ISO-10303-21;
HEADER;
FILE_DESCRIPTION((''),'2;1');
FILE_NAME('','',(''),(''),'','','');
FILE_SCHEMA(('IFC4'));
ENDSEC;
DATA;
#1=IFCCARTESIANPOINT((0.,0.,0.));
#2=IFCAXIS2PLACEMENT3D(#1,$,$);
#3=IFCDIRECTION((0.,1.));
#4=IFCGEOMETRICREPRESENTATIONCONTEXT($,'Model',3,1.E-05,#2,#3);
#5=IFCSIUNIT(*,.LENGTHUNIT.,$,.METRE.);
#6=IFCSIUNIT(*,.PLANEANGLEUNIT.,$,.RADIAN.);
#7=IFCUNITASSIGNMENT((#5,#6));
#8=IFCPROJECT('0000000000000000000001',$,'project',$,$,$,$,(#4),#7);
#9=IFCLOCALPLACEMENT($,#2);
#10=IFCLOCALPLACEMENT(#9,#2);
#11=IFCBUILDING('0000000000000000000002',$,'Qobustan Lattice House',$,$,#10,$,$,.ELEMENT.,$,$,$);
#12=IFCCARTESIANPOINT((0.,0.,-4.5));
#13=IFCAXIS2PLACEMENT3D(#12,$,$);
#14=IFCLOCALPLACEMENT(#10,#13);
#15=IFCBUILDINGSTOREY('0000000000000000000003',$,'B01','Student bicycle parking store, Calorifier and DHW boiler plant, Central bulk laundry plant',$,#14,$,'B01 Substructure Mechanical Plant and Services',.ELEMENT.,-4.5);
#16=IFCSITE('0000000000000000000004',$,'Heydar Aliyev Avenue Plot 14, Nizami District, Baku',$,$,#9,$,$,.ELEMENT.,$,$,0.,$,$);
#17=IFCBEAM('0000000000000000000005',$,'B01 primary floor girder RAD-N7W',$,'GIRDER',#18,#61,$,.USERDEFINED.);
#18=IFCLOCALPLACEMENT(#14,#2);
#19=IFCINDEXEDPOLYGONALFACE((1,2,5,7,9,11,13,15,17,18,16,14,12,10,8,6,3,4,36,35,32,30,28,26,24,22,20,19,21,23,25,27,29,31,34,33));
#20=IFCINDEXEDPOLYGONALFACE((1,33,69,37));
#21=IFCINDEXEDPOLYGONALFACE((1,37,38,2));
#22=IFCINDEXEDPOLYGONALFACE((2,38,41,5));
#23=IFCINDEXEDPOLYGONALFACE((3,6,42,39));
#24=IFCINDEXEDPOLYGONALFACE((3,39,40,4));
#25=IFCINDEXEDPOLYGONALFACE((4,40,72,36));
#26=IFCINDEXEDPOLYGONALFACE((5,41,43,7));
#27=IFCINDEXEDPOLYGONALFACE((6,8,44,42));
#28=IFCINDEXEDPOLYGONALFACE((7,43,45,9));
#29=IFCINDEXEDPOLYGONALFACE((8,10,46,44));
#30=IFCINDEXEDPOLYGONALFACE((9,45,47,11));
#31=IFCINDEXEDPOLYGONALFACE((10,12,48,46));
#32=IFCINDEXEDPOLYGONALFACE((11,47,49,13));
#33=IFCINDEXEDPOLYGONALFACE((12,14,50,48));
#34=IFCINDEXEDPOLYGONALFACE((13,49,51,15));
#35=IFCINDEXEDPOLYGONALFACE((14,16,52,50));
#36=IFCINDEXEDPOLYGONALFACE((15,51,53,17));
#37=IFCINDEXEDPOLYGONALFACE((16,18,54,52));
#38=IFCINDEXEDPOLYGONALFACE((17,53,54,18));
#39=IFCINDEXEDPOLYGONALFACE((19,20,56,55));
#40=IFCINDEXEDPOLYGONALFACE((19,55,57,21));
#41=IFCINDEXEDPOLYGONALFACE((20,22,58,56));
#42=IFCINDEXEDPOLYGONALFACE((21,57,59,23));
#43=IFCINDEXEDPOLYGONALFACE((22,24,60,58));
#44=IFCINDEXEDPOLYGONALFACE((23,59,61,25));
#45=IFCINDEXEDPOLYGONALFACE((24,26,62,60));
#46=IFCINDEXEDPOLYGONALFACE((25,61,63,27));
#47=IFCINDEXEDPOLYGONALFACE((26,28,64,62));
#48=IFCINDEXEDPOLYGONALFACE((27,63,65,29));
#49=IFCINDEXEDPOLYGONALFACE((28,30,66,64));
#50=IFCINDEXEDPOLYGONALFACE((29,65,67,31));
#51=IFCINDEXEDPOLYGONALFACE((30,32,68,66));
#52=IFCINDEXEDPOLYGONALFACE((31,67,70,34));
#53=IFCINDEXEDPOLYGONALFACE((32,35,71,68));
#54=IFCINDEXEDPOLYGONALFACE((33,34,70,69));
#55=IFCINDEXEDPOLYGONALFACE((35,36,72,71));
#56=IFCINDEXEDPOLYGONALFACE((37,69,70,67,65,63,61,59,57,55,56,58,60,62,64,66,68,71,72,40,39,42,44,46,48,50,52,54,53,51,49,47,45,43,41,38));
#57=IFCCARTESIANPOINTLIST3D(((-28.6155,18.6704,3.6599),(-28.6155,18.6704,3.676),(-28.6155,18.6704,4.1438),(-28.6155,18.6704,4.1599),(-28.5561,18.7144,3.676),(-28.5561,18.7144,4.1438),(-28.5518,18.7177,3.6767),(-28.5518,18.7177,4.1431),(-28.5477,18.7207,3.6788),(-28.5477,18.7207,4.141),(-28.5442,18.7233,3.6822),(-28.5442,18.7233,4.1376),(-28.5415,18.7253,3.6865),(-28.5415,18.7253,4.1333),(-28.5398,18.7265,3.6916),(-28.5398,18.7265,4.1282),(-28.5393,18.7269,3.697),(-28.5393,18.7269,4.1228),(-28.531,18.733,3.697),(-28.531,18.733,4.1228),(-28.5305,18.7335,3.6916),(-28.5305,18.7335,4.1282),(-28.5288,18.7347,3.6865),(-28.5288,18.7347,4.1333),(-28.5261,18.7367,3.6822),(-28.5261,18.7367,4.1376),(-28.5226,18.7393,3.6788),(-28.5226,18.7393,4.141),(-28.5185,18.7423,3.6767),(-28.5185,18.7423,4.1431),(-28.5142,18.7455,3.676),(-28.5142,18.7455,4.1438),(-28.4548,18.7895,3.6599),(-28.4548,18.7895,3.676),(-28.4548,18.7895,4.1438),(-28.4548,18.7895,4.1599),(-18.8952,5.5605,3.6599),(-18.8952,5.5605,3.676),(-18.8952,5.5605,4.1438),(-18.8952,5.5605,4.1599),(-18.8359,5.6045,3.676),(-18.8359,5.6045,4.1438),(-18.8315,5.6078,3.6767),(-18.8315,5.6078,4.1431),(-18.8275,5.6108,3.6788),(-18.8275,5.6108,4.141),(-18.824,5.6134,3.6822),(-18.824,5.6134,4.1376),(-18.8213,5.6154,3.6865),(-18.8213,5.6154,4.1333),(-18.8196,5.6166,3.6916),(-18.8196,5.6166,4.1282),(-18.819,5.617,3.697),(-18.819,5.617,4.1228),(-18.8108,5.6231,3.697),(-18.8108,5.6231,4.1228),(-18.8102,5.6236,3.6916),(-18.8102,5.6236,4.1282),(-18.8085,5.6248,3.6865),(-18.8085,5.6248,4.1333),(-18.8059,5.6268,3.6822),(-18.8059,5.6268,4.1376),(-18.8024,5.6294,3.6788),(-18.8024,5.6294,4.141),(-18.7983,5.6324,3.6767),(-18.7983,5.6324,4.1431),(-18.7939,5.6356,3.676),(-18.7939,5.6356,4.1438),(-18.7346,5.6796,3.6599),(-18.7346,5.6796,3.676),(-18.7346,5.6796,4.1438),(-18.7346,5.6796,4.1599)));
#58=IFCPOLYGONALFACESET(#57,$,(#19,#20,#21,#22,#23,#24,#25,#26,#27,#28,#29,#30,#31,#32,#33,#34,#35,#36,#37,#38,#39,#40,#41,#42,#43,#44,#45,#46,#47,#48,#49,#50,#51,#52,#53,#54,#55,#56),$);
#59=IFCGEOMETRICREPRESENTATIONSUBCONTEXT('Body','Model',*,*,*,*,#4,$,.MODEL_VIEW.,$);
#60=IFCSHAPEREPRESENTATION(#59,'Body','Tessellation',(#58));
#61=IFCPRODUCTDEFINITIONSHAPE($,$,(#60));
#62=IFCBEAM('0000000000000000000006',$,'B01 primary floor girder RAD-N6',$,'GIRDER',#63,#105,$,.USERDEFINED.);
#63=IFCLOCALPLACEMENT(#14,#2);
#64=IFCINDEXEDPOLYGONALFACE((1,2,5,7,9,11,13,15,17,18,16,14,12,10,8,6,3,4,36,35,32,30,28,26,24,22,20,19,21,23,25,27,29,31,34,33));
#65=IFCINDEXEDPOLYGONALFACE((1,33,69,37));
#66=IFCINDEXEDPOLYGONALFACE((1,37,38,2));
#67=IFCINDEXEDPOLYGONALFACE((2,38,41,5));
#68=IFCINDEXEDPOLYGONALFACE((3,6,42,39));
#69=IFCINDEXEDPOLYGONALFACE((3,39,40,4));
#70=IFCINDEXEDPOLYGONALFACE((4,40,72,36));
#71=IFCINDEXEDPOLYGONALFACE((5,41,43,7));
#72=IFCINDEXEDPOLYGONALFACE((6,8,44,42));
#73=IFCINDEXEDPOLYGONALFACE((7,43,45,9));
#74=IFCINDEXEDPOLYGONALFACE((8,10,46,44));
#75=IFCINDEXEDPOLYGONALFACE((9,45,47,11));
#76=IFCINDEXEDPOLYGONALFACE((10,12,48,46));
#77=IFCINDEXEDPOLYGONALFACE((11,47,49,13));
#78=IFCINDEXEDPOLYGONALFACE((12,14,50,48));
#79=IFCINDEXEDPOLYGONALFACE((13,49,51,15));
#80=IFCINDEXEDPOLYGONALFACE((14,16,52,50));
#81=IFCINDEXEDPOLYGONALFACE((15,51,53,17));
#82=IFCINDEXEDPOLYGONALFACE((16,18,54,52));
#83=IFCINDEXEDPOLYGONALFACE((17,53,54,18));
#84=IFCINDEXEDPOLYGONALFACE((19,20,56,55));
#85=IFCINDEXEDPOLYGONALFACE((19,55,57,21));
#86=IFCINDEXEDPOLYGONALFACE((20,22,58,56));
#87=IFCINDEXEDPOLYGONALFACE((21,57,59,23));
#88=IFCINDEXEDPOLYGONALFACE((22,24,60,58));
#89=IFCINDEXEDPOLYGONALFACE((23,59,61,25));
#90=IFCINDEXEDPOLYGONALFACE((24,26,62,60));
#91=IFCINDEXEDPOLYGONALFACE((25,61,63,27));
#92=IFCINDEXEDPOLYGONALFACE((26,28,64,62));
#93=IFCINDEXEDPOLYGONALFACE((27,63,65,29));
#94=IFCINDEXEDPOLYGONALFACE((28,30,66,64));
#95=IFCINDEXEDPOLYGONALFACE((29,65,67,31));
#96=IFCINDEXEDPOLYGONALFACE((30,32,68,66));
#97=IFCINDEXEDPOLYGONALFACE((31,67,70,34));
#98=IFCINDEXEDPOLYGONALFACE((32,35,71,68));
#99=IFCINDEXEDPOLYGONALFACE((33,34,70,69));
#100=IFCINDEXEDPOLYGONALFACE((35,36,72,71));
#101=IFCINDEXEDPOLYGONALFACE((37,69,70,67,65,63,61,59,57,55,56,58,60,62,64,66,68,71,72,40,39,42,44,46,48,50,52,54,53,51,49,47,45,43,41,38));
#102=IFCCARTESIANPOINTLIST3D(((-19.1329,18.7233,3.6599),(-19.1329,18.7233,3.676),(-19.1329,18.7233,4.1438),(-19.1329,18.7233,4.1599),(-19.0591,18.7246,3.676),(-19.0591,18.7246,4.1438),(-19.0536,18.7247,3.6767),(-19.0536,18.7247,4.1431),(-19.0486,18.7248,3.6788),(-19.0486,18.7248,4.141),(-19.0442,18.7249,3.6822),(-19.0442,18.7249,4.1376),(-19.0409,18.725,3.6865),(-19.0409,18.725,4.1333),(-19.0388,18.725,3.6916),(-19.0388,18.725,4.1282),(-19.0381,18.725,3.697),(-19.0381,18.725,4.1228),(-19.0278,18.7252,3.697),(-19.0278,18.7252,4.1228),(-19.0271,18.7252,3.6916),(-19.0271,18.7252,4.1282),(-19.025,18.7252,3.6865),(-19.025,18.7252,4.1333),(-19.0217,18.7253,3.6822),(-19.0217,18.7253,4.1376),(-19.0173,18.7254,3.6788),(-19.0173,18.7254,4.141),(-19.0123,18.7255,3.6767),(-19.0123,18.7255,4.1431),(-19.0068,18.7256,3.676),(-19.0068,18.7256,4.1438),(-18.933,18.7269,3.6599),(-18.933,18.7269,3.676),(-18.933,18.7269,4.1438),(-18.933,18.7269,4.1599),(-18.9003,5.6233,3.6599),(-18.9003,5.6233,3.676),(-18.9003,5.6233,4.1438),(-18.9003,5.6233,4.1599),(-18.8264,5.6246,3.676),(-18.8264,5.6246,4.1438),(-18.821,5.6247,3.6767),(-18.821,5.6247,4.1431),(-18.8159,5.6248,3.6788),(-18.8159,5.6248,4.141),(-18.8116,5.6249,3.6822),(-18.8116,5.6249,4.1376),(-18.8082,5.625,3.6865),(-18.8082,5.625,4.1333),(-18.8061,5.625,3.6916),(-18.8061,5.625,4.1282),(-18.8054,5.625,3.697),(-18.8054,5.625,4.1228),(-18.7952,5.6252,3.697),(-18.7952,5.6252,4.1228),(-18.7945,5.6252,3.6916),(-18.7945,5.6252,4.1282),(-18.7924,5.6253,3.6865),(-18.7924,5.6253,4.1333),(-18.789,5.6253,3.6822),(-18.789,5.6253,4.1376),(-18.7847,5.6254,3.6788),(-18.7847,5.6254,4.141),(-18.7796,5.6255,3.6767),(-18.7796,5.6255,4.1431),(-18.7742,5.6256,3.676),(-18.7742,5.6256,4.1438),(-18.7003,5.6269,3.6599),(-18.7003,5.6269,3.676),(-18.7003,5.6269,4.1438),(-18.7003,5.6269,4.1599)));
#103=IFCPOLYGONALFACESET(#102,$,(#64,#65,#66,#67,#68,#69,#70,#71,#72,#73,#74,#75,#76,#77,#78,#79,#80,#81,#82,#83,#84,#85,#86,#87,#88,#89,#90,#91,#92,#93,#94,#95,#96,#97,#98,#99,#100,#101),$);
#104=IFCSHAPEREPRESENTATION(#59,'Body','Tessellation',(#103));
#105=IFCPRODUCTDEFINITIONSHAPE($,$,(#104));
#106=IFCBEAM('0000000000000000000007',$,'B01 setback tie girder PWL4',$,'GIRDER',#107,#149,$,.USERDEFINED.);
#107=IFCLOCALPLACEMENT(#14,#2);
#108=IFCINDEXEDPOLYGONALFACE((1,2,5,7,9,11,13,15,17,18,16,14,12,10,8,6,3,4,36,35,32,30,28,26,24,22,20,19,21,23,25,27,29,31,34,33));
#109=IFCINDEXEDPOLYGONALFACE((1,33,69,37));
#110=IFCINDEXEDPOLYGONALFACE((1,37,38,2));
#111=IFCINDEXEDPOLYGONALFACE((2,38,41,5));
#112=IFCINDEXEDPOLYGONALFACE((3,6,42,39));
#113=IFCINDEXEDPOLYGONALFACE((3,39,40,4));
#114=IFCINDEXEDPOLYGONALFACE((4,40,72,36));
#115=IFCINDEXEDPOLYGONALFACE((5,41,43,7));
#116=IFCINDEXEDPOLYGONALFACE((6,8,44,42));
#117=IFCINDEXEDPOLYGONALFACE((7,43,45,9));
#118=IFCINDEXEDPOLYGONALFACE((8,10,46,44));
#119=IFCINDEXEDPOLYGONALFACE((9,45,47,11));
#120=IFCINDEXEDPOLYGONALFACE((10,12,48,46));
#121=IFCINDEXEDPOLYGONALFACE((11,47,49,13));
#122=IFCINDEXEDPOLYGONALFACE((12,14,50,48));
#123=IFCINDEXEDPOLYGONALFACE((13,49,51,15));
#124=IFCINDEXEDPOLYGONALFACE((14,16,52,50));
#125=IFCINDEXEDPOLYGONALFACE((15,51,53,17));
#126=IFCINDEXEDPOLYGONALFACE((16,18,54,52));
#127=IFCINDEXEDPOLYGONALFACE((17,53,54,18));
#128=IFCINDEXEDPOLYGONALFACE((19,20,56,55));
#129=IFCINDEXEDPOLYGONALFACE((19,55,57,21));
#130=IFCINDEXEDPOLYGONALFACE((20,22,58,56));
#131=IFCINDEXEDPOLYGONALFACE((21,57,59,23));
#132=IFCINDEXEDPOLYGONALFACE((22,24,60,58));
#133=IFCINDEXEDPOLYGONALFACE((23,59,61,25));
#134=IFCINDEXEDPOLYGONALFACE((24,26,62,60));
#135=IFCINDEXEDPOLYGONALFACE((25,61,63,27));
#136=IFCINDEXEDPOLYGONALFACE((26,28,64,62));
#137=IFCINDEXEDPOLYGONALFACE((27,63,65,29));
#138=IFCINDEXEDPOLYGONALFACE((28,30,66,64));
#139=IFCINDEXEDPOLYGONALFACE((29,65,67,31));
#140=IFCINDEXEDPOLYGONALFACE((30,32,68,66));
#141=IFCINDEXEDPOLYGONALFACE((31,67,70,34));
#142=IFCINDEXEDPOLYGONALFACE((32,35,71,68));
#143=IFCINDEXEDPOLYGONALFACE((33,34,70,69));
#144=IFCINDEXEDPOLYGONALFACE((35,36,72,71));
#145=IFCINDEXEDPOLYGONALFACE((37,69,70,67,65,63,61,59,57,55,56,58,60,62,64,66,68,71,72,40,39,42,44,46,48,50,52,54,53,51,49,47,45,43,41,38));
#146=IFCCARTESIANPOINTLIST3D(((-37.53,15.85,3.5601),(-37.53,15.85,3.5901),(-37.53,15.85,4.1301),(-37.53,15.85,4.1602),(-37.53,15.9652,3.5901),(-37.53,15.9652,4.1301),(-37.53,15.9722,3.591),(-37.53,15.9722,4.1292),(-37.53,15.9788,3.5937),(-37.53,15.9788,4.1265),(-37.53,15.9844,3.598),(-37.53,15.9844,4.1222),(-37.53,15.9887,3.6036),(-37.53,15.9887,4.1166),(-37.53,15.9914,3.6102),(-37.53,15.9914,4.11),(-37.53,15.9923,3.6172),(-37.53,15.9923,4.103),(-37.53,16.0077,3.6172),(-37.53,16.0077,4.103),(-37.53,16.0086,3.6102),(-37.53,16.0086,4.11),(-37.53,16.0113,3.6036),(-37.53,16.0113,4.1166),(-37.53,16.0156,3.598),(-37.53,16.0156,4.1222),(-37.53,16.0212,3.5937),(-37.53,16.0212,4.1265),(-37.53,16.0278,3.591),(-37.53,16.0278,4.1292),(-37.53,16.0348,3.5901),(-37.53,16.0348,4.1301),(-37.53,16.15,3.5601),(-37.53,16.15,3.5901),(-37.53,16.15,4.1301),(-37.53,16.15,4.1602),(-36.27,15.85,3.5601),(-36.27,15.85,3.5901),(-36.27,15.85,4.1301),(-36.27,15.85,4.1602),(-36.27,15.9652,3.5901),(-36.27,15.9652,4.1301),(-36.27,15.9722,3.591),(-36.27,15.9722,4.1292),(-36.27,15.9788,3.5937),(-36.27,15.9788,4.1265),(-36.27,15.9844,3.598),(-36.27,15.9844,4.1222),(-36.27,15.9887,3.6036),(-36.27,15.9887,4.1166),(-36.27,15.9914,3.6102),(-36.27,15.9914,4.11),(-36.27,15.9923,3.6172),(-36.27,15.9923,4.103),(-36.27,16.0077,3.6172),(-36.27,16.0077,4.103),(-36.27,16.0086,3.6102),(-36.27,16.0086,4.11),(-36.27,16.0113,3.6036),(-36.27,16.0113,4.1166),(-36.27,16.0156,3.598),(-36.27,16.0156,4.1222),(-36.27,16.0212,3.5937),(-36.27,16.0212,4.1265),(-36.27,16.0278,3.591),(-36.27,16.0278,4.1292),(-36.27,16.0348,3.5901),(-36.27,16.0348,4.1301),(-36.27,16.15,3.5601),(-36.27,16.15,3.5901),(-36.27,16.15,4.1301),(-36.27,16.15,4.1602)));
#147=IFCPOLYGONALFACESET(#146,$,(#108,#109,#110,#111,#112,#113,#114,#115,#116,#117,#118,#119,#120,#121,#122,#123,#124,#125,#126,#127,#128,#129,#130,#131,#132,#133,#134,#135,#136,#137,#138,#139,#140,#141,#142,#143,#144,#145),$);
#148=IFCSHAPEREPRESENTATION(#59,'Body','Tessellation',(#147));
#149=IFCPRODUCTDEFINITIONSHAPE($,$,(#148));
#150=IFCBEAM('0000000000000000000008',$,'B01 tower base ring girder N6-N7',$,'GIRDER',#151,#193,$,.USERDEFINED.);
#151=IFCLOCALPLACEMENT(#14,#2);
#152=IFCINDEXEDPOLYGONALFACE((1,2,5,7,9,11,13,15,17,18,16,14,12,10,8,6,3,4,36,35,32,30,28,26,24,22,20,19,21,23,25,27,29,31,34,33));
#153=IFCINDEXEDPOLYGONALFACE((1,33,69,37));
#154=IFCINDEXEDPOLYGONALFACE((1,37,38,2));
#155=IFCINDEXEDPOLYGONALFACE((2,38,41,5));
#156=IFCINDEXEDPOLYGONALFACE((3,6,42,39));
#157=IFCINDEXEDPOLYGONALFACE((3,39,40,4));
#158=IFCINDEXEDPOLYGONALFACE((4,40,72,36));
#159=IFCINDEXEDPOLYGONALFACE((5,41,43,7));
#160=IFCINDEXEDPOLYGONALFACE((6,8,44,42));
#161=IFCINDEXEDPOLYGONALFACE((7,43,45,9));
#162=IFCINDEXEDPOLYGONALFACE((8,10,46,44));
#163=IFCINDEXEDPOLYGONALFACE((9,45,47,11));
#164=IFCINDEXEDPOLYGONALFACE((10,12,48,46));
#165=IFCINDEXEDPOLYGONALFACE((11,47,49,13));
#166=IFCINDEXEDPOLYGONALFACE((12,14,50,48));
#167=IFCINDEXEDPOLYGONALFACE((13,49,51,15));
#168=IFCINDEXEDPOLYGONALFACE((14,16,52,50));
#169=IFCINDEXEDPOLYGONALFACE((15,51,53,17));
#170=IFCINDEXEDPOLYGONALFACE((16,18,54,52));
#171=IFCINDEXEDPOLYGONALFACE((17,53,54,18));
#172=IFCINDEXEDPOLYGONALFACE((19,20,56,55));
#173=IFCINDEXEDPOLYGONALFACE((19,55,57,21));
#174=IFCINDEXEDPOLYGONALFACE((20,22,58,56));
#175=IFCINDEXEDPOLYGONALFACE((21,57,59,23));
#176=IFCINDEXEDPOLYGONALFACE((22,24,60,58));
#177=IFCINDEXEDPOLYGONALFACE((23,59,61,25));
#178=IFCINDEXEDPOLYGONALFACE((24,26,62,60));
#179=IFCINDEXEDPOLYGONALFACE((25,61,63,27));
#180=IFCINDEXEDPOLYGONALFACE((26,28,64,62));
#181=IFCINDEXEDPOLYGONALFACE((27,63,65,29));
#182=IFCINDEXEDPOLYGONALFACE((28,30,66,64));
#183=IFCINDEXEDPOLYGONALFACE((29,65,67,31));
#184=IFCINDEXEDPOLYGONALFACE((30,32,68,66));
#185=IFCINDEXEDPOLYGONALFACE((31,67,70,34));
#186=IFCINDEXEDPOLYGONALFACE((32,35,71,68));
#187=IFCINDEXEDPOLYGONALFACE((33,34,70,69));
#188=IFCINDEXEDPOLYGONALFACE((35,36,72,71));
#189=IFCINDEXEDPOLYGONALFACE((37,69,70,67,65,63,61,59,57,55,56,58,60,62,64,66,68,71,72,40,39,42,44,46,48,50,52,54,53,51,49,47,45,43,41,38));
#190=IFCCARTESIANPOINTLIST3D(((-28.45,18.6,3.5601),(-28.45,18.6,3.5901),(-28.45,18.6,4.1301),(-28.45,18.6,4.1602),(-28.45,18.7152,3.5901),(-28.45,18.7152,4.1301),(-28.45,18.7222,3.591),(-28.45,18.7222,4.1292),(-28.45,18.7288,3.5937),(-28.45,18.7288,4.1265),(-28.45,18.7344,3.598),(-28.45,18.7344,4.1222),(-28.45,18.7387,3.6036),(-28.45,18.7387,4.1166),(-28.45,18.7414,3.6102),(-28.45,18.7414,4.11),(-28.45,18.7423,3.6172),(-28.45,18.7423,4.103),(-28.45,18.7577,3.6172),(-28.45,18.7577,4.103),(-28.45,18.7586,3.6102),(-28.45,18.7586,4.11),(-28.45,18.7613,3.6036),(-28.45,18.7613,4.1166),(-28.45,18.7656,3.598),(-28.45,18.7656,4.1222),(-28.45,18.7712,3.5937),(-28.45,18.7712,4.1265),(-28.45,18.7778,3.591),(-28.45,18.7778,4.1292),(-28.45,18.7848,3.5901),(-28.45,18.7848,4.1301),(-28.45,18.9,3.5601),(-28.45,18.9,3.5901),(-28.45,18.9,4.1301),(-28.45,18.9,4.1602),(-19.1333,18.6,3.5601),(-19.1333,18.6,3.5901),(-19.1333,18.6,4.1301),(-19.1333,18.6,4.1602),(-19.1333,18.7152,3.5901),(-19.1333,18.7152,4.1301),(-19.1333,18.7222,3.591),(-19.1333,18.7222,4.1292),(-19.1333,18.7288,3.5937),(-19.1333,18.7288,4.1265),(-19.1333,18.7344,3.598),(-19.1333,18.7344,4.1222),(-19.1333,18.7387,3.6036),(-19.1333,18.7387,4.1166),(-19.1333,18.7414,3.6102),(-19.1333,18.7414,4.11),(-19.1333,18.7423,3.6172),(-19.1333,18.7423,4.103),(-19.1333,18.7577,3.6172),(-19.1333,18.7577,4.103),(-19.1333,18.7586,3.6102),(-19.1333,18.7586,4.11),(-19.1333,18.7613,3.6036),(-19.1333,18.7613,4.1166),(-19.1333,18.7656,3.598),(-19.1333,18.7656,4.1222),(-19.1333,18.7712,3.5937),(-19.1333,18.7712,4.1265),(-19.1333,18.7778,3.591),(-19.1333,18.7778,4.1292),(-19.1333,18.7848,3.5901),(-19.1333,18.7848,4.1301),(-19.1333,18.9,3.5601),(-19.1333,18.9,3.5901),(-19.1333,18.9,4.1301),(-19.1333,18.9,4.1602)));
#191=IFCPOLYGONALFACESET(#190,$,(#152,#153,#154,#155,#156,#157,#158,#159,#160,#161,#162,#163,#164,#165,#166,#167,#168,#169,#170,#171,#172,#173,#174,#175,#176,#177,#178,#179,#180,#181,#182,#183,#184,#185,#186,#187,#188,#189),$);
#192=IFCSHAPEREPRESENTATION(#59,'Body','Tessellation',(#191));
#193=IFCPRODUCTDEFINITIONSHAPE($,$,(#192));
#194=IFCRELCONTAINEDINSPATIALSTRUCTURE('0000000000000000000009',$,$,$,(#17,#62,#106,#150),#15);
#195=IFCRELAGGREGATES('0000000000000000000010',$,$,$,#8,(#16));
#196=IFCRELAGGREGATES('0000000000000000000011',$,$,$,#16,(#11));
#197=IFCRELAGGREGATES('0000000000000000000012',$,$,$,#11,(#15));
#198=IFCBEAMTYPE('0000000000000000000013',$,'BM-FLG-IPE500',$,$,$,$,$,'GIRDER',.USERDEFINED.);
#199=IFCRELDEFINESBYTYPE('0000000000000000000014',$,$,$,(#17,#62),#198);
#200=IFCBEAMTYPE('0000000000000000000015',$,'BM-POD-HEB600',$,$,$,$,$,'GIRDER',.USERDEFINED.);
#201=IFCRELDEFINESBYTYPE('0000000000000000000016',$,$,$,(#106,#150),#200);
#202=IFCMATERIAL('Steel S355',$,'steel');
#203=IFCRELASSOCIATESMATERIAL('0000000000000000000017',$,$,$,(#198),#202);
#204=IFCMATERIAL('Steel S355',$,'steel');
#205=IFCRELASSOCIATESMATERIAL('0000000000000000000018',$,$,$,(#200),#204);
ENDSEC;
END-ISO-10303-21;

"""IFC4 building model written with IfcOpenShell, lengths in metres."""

from ifc_helpers import new_model, si_unit, direction, frame, origin, origin_2d, place, context, subcontext, project, spatial, i_section, extrude, material, material_profile, profile_set, type_object, element, save


model = new_model("IFC4")

# Units and contexts
model_context = context("Model", 3, precision=1e-05, world=origin(), true_north=direction((0.0, 1.0)))
body_context = subcontext(model_context, "Body", "Model", "MODEL_VIEW")
ifc_project = project(units=[si_unit("LENGTHUNIT", "METRE"), si_unit("PLANEANGLEUNIT", "RADIAN")], contexts=[model_context])

# Site, building, storey
site_placement = place(None, origin())
site = spatial("IfcSite", under=ifc_project, at=site_placement, Name="Heydar Aliyev Avenue Plot 14, Nizami District, Baku", CompositionType="ELEMENT", RefElevation=0.0)
building_placement = place(site_placement, origin())
building = spatial("IfcBuilding", under=site, at=building_placement, Name="Qobustan Lattice House", CompositionType="ELEMENT")
storey_placement = place(building_placement, frame((0.0, 0.0, -4.5)))
storey = spatial("IfcBuildingStorey", under=building, at=storey_placement, Name="B01", Description="Student bicycle parking store, Calorifier and DHW boiler plant, Central bulk laundry plant", LongName="B01 Substructure Mechanical Plant and Services", CompositionType="ELEMENT", Elevation=-4.5)

# Beams
ifc_material_1 = material(Name="Steel S355", Category="steel")
ifc_material_profile_1 = material_profile(ifc_material_1, i_section(OverallWidth=0.2, OverallDepth=0.5, WebThickness=0.0103, FlangeThickness=0.0161, FilletRadius=0.021, at=origin_2d()), Name="IPE500")
ifc_profile_set_1 = profile_set([ifc_material_profile_1], Name="Steel S355")
beam_type_1 = type_object("IfcBeamType", Name="BM-FLG-IPE500", ElementType="GIRDER", PredefinedType="USERDEFINED", material=ifc_profile_set_1)
beam_1_placement = place(storey_placement, frame((-28.5352, 18.73, 3.9099), z_axis=(0.595592, -0.803287, 0.0), x_axis=(0.803287, 0.595592, 0.0)))
element("IfcBeam", 1, at=beam_1_placement, inside=storey, type_object=beam_type_1, Name="B01 primary floor girder RAD-N7W", ObjectType="GIRDER", PredefinedType="USERDEFINED", context=body_context, shape_type="SweptSolid", body=[
    extrude(i_section(OverallWidth=0.2, OverallDepth=0.5, WebThickness=0.0103, FlangeThickness=0.0161, FilletRadius=0.021, at=origin_2d()), origin(), (0.0, 0.0, 1.0), 16.3203),
])
beam_2_placement = place(storey_placement, frame((-19.033, 18.7251, 3.9099), z_axis=(0.017758, -0.999842, 0.0), x_axis=(0.999842, 0.017758, 0.0)))
element("IfcBeam", 2, at=beam_2_placement, inside=storey, type_object=beam_type_1, Name="B01 primary floor girder RAD-N6", ObjectType="GIRDER", PredefinedType="USERDEFINED", context=body_context, shape_type="SweptSolid", body=[
    extrude(i_section(OverallWidth=0.2, OverallDepth=0.5, WebThickness=0.0103, FlangeThickness=0.0161, FilletRadius=0.021, at=origin_2d()), origin(), (0.0, 0.0, 1.0), 13.1021),
])
ifc_material_2 = material(Name="Steel S355", Category="steel")
ifc_material_profile_2 = material_profile(ifc_material_2, i_section(OverallWidth=0.3, OverallDepth=0.6001, WebThickness=0.0154, FlangeThickness=0.03, FilletRadius=0.0271, at=origin_2d()), Name="HEB600")
ifc_profile_set_2 = profile_set([ifc_material_profile_2], Name="Steel S355")
beam_type_2 = type_object("IfcBeamType", Name="BM-POD-HEB600", ElementType="GIRDER", PredefinedType="USERDEFINED", material=ifc_profile_set_2)
beam_3_placement = place(storey_placement, frame((-37.53, 16.0, 3.8601), z_axis=(1.0, 0.0, 0.0), x_axis=(0.0, 1.0, 0.0)))
element("IfcBeam", 3, at=beam_3_placement, inside=storey, type_object=beam_type_2, Name="B01 setback tie girder PWL4", ObjectType="GIRDER", PredefinedType="USERDEFINED", context=body_context, shape_type="SweptSolid", body=[
    extrude(i_section(OverallWidth=0.3, OverallDepth=0.6001, WebThickness=0.0154, FlangeThickness=0.03, FilletRadius=0.0271, at=origin_2d()), origin(), (0.0, 0.0, 1.0), 1.26),
])
beam_4_placement = place(storey_placement, frame((-19.1333, 18.75, 3.8601), z_axis=(-1.0, 0.0, 0.0), x_axis=(0.0, -1.0, 0.0)))
element("IfcBeam", 4, at=beam_4_placement, inside=storey, type_object=beam_type_2, Name="B01 tower base ring girder N6-N7", ObjectType="GIRDER", PredefinedType="USERDEFINED", context=body_context, shape_type="SweptSolid", body=[
    extrude(i_section(OverallWidth=0.3, OverallDepth=0.6001, WebThickness=0.0154, FlangeThickness=0.03, FilletRadius=0.0271, at=origin_2d()), origin(), (0.0, 0.0, 1.0), 9.3167),
])

save(model, "model.ifc")
